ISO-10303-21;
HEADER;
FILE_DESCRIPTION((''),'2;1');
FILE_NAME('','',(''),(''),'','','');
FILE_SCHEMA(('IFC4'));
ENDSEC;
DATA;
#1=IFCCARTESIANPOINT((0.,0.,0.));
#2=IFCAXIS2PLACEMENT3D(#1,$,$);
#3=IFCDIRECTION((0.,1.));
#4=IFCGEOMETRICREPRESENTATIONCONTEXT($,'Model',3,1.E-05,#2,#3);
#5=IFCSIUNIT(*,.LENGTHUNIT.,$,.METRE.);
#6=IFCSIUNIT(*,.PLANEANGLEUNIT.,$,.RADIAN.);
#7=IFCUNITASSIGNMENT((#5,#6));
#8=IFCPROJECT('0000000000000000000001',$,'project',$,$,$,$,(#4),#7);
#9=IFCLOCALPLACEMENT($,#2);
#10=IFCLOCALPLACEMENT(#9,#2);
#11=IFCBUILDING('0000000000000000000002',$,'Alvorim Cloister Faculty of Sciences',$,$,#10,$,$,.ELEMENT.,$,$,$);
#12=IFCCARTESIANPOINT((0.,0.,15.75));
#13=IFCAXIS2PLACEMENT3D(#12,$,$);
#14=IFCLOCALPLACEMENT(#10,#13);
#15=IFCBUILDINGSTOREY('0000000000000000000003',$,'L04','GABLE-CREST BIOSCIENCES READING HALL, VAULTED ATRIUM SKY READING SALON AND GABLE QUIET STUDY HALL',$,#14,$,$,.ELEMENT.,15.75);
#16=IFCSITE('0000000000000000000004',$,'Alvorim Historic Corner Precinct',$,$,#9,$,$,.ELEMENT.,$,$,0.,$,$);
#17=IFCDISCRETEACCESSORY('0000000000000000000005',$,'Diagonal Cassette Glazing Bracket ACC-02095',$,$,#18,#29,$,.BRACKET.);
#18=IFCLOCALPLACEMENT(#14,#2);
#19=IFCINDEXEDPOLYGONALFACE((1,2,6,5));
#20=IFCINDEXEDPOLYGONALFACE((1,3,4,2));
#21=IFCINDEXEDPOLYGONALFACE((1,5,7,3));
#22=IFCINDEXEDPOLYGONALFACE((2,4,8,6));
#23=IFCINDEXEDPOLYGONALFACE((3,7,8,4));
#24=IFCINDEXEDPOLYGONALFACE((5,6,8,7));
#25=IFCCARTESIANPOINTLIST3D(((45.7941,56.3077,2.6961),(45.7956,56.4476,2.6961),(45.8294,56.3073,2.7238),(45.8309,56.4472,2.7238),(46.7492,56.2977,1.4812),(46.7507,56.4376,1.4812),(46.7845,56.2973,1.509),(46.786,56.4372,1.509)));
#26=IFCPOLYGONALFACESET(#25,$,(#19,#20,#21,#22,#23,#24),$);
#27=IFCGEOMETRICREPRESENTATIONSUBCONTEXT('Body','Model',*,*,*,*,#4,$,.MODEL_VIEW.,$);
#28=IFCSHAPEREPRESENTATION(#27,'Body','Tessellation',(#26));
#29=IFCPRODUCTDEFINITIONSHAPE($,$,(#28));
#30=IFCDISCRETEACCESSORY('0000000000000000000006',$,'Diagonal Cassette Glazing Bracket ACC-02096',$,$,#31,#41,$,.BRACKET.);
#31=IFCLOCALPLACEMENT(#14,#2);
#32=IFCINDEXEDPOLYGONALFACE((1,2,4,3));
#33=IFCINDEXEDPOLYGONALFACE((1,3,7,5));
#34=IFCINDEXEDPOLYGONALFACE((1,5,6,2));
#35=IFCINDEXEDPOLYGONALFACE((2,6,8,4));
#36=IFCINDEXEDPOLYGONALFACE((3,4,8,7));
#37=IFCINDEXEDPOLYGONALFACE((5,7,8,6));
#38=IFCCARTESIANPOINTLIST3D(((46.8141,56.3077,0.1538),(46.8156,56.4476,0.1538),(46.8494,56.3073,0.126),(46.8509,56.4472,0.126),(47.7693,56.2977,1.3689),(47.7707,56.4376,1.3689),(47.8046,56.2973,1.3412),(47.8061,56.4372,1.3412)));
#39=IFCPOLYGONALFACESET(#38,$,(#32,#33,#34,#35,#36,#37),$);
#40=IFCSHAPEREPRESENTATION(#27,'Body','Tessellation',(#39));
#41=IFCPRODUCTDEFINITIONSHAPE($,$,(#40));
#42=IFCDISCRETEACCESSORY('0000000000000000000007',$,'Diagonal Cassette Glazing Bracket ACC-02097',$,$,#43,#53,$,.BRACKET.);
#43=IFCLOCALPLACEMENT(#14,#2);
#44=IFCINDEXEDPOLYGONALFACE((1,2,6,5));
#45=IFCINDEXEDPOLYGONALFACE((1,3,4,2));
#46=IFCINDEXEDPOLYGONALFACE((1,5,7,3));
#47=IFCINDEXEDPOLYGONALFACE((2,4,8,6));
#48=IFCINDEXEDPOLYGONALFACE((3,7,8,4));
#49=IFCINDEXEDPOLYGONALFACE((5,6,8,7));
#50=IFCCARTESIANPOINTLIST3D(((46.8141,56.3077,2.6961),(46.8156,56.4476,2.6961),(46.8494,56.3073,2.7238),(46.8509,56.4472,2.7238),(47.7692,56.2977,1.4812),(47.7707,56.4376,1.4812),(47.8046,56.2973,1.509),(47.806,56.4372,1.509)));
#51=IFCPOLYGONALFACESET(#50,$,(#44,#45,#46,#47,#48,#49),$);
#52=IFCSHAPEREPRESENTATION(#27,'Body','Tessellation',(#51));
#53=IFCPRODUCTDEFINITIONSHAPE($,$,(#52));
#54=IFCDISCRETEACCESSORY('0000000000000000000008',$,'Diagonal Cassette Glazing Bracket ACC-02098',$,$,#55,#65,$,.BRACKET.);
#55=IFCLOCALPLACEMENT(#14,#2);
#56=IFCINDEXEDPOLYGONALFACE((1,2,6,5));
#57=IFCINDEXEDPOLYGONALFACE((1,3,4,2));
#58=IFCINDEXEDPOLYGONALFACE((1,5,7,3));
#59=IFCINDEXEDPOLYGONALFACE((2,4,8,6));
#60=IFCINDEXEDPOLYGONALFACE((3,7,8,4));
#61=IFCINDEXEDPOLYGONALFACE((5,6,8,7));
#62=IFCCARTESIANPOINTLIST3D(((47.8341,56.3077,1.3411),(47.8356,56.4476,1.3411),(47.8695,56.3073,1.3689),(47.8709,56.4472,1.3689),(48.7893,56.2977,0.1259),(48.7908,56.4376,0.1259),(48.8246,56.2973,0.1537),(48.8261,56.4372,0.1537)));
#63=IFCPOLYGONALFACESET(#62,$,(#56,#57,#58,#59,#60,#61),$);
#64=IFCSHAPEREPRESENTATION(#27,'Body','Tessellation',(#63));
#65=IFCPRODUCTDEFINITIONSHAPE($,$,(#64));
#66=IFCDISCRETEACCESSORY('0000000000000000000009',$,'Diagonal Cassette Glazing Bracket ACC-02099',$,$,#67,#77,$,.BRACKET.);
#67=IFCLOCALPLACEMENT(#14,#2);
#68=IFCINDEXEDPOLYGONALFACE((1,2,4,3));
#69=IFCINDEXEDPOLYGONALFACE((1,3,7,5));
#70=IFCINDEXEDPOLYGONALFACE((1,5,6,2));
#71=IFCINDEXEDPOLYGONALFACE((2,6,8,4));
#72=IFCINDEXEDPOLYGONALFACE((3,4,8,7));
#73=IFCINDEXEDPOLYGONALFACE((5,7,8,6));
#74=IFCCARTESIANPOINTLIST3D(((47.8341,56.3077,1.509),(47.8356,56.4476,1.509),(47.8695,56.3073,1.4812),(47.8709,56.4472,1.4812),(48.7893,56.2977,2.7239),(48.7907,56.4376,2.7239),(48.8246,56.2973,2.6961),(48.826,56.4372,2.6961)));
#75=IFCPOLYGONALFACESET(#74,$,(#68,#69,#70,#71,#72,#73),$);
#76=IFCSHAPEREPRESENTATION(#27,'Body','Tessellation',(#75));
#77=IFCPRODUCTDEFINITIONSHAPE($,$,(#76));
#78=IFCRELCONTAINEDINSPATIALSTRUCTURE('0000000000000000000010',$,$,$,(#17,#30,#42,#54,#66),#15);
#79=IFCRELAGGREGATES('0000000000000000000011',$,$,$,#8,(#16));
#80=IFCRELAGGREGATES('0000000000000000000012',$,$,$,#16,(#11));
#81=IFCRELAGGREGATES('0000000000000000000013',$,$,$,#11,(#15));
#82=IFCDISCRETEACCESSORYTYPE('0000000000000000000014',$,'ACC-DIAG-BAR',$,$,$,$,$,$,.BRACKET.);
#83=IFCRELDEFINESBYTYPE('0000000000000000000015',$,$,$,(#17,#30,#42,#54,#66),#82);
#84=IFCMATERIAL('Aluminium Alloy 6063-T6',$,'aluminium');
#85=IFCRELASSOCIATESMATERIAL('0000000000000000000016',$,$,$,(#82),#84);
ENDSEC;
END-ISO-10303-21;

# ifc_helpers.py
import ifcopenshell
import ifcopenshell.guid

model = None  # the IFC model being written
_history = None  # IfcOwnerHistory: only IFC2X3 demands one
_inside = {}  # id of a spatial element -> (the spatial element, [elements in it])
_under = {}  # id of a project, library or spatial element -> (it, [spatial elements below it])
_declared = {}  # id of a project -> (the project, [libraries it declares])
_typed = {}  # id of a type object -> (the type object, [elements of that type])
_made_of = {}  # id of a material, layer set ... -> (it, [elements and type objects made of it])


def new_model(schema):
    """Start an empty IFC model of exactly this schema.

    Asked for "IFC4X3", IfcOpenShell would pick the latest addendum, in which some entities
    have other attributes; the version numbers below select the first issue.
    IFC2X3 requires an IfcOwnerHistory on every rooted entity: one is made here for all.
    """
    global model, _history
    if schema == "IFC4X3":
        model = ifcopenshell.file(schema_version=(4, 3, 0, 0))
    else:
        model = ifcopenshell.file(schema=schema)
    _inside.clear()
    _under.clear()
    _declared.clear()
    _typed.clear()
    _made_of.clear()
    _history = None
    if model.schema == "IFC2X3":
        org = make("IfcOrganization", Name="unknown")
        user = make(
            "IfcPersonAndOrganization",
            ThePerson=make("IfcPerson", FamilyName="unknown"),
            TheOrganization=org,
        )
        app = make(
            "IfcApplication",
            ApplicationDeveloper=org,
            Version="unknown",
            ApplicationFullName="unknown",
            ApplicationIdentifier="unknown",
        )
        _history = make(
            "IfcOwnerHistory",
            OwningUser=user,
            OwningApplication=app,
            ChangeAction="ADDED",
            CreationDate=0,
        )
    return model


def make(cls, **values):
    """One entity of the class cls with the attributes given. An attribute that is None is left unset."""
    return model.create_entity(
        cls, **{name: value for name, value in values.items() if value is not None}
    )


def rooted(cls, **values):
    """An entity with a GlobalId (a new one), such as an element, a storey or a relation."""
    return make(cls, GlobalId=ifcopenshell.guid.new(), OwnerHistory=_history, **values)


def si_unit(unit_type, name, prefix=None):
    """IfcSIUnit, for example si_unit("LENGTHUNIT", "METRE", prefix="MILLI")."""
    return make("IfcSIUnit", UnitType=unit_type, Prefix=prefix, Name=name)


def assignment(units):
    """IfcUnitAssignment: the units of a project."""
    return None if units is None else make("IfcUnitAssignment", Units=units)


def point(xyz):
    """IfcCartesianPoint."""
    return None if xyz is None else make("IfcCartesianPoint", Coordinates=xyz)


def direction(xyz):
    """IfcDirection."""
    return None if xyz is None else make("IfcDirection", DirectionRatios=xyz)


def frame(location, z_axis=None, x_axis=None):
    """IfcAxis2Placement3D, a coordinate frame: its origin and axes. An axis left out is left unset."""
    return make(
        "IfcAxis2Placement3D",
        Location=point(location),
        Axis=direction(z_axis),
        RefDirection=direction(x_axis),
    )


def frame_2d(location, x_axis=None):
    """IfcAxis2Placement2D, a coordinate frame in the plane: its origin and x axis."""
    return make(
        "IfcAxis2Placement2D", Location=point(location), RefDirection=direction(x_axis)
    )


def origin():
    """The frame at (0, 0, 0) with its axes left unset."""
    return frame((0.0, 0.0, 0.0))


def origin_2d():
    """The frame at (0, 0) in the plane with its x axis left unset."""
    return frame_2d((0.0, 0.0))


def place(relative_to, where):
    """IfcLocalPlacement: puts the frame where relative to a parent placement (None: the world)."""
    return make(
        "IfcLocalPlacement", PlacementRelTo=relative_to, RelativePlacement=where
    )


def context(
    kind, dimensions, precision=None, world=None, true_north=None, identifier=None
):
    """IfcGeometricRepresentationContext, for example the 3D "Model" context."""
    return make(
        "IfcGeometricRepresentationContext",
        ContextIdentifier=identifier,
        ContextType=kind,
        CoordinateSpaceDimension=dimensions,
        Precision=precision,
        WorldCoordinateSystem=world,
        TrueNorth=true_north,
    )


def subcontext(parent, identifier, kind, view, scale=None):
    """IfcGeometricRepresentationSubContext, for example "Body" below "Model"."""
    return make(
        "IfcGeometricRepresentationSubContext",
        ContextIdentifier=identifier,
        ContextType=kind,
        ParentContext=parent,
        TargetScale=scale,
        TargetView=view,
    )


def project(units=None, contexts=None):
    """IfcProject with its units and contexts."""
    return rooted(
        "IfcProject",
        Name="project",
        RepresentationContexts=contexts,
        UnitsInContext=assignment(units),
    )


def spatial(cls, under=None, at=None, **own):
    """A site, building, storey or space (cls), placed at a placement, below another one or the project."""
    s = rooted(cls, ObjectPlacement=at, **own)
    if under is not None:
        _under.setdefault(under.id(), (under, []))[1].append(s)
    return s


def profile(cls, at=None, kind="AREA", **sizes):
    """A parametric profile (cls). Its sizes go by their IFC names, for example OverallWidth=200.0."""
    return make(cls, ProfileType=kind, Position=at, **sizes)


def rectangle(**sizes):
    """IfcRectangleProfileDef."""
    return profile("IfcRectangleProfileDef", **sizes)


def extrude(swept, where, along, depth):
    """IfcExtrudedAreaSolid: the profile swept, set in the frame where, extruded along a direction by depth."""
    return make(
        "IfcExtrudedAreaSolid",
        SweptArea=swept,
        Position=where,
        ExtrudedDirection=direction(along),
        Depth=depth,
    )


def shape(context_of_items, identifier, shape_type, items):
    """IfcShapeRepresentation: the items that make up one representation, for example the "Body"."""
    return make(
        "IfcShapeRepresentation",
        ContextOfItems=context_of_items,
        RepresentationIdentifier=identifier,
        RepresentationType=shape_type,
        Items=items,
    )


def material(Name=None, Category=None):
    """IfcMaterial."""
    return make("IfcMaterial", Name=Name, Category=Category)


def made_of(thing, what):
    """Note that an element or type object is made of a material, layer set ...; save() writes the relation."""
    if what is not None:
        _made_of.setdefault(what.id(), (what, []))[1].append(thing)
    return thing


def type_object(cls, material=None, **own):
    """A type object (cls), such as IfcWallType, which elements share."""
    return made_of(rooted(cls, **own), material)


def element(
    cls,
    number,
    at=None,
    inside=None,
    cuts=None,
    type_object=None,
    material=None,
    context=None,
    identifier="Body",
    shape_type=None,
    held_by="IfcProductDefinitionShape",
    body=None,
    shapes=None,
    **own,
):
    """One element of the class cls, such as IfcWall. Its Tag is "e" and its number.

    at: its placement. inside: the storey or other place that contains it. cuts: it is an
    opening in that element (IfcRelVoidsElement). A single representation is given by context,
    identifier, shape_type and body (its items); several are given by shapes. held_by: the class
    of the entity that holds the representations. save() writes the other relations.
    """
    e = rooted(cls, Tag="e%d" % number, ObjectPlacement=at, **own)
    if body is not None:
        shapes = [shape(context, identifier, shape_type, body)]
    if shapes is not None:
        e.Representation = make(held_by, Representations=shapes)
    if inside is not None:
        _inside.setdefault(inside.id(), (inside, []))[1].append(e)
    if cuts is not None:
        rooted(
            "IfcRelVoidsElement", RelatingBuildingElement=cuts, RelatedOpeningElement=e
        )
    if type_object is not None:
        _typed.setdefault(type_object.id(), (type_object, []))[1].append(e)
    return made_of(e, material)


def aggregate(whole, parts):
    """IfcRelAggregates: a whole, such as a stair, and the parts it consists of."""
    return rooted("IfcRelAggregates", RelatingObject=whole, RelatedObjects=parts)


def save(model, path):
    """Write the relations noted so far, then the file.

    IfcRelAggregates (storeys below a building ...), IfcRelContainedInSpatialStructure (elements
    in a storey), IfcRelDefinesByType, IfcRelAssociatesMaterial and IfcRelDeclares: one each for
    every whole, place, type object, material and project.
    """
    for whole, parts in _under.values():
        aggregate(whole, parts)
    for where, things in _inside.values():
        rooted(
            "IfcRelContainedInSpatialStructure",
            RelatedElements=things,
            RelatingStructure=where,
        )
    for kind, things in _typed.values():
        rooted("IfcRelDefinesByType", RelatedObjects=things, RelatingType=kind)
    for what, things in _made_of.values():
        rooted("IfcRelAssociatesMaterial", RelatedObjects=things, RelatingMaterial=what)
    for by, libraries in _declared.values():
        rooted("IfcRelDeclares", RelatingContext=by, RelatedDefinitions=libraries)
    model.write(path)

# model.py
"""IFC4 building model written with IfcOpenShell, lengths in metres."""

from ifc_helpers import new_model, si_unit, direction, frame, origin, origin_2d, place, context, subcontext, project, spatial, rectangle, extrude, material, type_object, element, save


model = new_model("IFC4")

# Units and contexts
model_context = context("Model", 3, precision=1e-05, world=origin(), true_north=direction((0.0, 1.0)))
body_context = subcontext(model_context, "Body", "Model", "MODEL_VIEW")
ifc_project = project(units=[si_unit("LENGTHUNIT", "METRE"), si_unit("PLANEANGLEUNIT", "RADIAN")], contexts=[model_context])

# Site, building, storey
site_placement = place(None, origin())
site = spatial("IfcSite", under=ifc_project, at=site_placement, Name="Alvorim Historic Corner Precinct", CompositionType="ELEMENT", RefElevation=0.0)
building_placement = place(site_placement, origin())
building = spatial("IfcBuilding", under=site, at=building_placement, Name="Alvorim Cloister Faculty of Sciences", CompositionType="ELEMENT")
storey_placement = place(building_placement, frame((0.0, 0.0, 15.75)))
storey = spatial("IfcBuildingStorey", under=building, at=storey_placement, Name="L04", Description="GABLE-CREST BIOSCIENCES READING HALL, VAULTED ATRIUM SKY READING SALON AND GABLE QUIET STUDY HALL", CompositionType="ELEMENT", Elevation=15.75)

# Shared definitions
ifc_material_1 = material(Name="Aluminium Alloy 6063-T6", Category="aluminium")

# Discrete accessories
discrete_accessory_type = type_object("IfcDiscreteAccessoryType", Name="ACC-DIAG-BAR", PredefinedType="BRACKET", material=ifc_material_1)
discrete_accessory_1_placement = place(storey_placement, frame((45.8125, 56.3774, 2.71), z_axis=(0.618032, -0.006477, -0.786126), x_axis=(0.01048, 0.999945, 0.0)))
element("IfcDiscreteAccessory", 1, at=discrete_accessory_1_placement, inside=storey, type_object=discrete_accessory_type, Name="Diagonal Cassette Glazing Bracket ACC-02095", PredefinedType="BRACKET", context=body_context, shape_type="SweptSolid", body=[
    extrude(rectangle(XDim=0.1399, YDim=0.0449, at=origin_2d()), origin(), (0.0, 0.0, 1.0), 1.5454),
])
discrete_accessory_2_placement = place(storey_placement, frame((46.8325, 56.3774, 0.1399), z_axis=(0.617955, -0.006477, 0.786187), x_axis=(0.01048, 0.999945, 0.0)))
element("IfcDiscreteAccessory", 2, at=discrete_accessory_2_placement, inside=storey, type_object=discrete_accessory_type, Name="Diagonal Cassette Glazing Bracket ACC-02096", PredefinedType="BRACKET", context=body_context, shape_type="SweptSolid", body=[
    extrude(rectangle(XDim=0.1399, YDim=0.0449, at=origin_2d()), origin(), (0.0, 0.0, 1.0), 1.5457),
])
discrete_accessory_3_placement = place(storey_placement, frame((46.8325, 56.3774, 2.71), z_axis=(0.618032, -0.006477, -0.786126), x_axis=(0.01048, 0.999945, 0.0)))
element("IfcDiscreteAccessory", 3, at=discrete_accessory_3_placement, inside=storey, type_object=discrete_accessory_type, Name="Diagonal Cassette Glazing Bracket ACC-02097", PredefinedType="BRACKET", context=body_context, shape_type="SweptSolid", body=[
    extrude(rectangle(XDim=0.1399, YDim=0.0449, at=origin_2d()), origin(), (0.0, 0.0, 1.0), 1.5454),
])
discrete_accessory_4_placement = place(storey_placement, frame((47.8525, 56.3774, 1.355), z_axis=(0.617955, -0.006477, -0.786187), x_axis=(0.01048, 0.999945, 0.0)))
element("IfcDiscreteAccessory", 4, at=discrete_accessory_4_placement, inside=storey, type_object=discrete_accessory_type, Name="Diagonal Cassette Glazing Bracket ACC-02098", PredefinedType="BRACKET", context=body_context, shape_type="SweptSolid", body=[
    extrude(rectangle(XDim=0.1399, YDim=0.0449, at=origin_2d()), origin(), (0.0, 0.0, 1.0), 1.5457),
])
discrete_accessory_5_placement = place(storey_placement, frame((47.8525, 56.3774, 1.4951), z_axis=(0.618032, -0.006477, 0.786126), x_axis=(0.01048, 0.999945, 0.0)))
element("IfcDiscreteAccessory", 5, at=discrete_accessory_5_placement, inside=storey, type_object=discrete_accessory_type, Name="Diagonal Cassette Glazing Bracket ACC-02099", PredefinedType="BRACKET", context=body_context, shape_type="SweptSolid", body=[
    extrude(rectangle(XDim=0.1399, YDim=0.0449, at=origin_2d()), origin(), (0.0, 0.0, 1.0), 1.5454),
])

save(model, "model.ifc")
